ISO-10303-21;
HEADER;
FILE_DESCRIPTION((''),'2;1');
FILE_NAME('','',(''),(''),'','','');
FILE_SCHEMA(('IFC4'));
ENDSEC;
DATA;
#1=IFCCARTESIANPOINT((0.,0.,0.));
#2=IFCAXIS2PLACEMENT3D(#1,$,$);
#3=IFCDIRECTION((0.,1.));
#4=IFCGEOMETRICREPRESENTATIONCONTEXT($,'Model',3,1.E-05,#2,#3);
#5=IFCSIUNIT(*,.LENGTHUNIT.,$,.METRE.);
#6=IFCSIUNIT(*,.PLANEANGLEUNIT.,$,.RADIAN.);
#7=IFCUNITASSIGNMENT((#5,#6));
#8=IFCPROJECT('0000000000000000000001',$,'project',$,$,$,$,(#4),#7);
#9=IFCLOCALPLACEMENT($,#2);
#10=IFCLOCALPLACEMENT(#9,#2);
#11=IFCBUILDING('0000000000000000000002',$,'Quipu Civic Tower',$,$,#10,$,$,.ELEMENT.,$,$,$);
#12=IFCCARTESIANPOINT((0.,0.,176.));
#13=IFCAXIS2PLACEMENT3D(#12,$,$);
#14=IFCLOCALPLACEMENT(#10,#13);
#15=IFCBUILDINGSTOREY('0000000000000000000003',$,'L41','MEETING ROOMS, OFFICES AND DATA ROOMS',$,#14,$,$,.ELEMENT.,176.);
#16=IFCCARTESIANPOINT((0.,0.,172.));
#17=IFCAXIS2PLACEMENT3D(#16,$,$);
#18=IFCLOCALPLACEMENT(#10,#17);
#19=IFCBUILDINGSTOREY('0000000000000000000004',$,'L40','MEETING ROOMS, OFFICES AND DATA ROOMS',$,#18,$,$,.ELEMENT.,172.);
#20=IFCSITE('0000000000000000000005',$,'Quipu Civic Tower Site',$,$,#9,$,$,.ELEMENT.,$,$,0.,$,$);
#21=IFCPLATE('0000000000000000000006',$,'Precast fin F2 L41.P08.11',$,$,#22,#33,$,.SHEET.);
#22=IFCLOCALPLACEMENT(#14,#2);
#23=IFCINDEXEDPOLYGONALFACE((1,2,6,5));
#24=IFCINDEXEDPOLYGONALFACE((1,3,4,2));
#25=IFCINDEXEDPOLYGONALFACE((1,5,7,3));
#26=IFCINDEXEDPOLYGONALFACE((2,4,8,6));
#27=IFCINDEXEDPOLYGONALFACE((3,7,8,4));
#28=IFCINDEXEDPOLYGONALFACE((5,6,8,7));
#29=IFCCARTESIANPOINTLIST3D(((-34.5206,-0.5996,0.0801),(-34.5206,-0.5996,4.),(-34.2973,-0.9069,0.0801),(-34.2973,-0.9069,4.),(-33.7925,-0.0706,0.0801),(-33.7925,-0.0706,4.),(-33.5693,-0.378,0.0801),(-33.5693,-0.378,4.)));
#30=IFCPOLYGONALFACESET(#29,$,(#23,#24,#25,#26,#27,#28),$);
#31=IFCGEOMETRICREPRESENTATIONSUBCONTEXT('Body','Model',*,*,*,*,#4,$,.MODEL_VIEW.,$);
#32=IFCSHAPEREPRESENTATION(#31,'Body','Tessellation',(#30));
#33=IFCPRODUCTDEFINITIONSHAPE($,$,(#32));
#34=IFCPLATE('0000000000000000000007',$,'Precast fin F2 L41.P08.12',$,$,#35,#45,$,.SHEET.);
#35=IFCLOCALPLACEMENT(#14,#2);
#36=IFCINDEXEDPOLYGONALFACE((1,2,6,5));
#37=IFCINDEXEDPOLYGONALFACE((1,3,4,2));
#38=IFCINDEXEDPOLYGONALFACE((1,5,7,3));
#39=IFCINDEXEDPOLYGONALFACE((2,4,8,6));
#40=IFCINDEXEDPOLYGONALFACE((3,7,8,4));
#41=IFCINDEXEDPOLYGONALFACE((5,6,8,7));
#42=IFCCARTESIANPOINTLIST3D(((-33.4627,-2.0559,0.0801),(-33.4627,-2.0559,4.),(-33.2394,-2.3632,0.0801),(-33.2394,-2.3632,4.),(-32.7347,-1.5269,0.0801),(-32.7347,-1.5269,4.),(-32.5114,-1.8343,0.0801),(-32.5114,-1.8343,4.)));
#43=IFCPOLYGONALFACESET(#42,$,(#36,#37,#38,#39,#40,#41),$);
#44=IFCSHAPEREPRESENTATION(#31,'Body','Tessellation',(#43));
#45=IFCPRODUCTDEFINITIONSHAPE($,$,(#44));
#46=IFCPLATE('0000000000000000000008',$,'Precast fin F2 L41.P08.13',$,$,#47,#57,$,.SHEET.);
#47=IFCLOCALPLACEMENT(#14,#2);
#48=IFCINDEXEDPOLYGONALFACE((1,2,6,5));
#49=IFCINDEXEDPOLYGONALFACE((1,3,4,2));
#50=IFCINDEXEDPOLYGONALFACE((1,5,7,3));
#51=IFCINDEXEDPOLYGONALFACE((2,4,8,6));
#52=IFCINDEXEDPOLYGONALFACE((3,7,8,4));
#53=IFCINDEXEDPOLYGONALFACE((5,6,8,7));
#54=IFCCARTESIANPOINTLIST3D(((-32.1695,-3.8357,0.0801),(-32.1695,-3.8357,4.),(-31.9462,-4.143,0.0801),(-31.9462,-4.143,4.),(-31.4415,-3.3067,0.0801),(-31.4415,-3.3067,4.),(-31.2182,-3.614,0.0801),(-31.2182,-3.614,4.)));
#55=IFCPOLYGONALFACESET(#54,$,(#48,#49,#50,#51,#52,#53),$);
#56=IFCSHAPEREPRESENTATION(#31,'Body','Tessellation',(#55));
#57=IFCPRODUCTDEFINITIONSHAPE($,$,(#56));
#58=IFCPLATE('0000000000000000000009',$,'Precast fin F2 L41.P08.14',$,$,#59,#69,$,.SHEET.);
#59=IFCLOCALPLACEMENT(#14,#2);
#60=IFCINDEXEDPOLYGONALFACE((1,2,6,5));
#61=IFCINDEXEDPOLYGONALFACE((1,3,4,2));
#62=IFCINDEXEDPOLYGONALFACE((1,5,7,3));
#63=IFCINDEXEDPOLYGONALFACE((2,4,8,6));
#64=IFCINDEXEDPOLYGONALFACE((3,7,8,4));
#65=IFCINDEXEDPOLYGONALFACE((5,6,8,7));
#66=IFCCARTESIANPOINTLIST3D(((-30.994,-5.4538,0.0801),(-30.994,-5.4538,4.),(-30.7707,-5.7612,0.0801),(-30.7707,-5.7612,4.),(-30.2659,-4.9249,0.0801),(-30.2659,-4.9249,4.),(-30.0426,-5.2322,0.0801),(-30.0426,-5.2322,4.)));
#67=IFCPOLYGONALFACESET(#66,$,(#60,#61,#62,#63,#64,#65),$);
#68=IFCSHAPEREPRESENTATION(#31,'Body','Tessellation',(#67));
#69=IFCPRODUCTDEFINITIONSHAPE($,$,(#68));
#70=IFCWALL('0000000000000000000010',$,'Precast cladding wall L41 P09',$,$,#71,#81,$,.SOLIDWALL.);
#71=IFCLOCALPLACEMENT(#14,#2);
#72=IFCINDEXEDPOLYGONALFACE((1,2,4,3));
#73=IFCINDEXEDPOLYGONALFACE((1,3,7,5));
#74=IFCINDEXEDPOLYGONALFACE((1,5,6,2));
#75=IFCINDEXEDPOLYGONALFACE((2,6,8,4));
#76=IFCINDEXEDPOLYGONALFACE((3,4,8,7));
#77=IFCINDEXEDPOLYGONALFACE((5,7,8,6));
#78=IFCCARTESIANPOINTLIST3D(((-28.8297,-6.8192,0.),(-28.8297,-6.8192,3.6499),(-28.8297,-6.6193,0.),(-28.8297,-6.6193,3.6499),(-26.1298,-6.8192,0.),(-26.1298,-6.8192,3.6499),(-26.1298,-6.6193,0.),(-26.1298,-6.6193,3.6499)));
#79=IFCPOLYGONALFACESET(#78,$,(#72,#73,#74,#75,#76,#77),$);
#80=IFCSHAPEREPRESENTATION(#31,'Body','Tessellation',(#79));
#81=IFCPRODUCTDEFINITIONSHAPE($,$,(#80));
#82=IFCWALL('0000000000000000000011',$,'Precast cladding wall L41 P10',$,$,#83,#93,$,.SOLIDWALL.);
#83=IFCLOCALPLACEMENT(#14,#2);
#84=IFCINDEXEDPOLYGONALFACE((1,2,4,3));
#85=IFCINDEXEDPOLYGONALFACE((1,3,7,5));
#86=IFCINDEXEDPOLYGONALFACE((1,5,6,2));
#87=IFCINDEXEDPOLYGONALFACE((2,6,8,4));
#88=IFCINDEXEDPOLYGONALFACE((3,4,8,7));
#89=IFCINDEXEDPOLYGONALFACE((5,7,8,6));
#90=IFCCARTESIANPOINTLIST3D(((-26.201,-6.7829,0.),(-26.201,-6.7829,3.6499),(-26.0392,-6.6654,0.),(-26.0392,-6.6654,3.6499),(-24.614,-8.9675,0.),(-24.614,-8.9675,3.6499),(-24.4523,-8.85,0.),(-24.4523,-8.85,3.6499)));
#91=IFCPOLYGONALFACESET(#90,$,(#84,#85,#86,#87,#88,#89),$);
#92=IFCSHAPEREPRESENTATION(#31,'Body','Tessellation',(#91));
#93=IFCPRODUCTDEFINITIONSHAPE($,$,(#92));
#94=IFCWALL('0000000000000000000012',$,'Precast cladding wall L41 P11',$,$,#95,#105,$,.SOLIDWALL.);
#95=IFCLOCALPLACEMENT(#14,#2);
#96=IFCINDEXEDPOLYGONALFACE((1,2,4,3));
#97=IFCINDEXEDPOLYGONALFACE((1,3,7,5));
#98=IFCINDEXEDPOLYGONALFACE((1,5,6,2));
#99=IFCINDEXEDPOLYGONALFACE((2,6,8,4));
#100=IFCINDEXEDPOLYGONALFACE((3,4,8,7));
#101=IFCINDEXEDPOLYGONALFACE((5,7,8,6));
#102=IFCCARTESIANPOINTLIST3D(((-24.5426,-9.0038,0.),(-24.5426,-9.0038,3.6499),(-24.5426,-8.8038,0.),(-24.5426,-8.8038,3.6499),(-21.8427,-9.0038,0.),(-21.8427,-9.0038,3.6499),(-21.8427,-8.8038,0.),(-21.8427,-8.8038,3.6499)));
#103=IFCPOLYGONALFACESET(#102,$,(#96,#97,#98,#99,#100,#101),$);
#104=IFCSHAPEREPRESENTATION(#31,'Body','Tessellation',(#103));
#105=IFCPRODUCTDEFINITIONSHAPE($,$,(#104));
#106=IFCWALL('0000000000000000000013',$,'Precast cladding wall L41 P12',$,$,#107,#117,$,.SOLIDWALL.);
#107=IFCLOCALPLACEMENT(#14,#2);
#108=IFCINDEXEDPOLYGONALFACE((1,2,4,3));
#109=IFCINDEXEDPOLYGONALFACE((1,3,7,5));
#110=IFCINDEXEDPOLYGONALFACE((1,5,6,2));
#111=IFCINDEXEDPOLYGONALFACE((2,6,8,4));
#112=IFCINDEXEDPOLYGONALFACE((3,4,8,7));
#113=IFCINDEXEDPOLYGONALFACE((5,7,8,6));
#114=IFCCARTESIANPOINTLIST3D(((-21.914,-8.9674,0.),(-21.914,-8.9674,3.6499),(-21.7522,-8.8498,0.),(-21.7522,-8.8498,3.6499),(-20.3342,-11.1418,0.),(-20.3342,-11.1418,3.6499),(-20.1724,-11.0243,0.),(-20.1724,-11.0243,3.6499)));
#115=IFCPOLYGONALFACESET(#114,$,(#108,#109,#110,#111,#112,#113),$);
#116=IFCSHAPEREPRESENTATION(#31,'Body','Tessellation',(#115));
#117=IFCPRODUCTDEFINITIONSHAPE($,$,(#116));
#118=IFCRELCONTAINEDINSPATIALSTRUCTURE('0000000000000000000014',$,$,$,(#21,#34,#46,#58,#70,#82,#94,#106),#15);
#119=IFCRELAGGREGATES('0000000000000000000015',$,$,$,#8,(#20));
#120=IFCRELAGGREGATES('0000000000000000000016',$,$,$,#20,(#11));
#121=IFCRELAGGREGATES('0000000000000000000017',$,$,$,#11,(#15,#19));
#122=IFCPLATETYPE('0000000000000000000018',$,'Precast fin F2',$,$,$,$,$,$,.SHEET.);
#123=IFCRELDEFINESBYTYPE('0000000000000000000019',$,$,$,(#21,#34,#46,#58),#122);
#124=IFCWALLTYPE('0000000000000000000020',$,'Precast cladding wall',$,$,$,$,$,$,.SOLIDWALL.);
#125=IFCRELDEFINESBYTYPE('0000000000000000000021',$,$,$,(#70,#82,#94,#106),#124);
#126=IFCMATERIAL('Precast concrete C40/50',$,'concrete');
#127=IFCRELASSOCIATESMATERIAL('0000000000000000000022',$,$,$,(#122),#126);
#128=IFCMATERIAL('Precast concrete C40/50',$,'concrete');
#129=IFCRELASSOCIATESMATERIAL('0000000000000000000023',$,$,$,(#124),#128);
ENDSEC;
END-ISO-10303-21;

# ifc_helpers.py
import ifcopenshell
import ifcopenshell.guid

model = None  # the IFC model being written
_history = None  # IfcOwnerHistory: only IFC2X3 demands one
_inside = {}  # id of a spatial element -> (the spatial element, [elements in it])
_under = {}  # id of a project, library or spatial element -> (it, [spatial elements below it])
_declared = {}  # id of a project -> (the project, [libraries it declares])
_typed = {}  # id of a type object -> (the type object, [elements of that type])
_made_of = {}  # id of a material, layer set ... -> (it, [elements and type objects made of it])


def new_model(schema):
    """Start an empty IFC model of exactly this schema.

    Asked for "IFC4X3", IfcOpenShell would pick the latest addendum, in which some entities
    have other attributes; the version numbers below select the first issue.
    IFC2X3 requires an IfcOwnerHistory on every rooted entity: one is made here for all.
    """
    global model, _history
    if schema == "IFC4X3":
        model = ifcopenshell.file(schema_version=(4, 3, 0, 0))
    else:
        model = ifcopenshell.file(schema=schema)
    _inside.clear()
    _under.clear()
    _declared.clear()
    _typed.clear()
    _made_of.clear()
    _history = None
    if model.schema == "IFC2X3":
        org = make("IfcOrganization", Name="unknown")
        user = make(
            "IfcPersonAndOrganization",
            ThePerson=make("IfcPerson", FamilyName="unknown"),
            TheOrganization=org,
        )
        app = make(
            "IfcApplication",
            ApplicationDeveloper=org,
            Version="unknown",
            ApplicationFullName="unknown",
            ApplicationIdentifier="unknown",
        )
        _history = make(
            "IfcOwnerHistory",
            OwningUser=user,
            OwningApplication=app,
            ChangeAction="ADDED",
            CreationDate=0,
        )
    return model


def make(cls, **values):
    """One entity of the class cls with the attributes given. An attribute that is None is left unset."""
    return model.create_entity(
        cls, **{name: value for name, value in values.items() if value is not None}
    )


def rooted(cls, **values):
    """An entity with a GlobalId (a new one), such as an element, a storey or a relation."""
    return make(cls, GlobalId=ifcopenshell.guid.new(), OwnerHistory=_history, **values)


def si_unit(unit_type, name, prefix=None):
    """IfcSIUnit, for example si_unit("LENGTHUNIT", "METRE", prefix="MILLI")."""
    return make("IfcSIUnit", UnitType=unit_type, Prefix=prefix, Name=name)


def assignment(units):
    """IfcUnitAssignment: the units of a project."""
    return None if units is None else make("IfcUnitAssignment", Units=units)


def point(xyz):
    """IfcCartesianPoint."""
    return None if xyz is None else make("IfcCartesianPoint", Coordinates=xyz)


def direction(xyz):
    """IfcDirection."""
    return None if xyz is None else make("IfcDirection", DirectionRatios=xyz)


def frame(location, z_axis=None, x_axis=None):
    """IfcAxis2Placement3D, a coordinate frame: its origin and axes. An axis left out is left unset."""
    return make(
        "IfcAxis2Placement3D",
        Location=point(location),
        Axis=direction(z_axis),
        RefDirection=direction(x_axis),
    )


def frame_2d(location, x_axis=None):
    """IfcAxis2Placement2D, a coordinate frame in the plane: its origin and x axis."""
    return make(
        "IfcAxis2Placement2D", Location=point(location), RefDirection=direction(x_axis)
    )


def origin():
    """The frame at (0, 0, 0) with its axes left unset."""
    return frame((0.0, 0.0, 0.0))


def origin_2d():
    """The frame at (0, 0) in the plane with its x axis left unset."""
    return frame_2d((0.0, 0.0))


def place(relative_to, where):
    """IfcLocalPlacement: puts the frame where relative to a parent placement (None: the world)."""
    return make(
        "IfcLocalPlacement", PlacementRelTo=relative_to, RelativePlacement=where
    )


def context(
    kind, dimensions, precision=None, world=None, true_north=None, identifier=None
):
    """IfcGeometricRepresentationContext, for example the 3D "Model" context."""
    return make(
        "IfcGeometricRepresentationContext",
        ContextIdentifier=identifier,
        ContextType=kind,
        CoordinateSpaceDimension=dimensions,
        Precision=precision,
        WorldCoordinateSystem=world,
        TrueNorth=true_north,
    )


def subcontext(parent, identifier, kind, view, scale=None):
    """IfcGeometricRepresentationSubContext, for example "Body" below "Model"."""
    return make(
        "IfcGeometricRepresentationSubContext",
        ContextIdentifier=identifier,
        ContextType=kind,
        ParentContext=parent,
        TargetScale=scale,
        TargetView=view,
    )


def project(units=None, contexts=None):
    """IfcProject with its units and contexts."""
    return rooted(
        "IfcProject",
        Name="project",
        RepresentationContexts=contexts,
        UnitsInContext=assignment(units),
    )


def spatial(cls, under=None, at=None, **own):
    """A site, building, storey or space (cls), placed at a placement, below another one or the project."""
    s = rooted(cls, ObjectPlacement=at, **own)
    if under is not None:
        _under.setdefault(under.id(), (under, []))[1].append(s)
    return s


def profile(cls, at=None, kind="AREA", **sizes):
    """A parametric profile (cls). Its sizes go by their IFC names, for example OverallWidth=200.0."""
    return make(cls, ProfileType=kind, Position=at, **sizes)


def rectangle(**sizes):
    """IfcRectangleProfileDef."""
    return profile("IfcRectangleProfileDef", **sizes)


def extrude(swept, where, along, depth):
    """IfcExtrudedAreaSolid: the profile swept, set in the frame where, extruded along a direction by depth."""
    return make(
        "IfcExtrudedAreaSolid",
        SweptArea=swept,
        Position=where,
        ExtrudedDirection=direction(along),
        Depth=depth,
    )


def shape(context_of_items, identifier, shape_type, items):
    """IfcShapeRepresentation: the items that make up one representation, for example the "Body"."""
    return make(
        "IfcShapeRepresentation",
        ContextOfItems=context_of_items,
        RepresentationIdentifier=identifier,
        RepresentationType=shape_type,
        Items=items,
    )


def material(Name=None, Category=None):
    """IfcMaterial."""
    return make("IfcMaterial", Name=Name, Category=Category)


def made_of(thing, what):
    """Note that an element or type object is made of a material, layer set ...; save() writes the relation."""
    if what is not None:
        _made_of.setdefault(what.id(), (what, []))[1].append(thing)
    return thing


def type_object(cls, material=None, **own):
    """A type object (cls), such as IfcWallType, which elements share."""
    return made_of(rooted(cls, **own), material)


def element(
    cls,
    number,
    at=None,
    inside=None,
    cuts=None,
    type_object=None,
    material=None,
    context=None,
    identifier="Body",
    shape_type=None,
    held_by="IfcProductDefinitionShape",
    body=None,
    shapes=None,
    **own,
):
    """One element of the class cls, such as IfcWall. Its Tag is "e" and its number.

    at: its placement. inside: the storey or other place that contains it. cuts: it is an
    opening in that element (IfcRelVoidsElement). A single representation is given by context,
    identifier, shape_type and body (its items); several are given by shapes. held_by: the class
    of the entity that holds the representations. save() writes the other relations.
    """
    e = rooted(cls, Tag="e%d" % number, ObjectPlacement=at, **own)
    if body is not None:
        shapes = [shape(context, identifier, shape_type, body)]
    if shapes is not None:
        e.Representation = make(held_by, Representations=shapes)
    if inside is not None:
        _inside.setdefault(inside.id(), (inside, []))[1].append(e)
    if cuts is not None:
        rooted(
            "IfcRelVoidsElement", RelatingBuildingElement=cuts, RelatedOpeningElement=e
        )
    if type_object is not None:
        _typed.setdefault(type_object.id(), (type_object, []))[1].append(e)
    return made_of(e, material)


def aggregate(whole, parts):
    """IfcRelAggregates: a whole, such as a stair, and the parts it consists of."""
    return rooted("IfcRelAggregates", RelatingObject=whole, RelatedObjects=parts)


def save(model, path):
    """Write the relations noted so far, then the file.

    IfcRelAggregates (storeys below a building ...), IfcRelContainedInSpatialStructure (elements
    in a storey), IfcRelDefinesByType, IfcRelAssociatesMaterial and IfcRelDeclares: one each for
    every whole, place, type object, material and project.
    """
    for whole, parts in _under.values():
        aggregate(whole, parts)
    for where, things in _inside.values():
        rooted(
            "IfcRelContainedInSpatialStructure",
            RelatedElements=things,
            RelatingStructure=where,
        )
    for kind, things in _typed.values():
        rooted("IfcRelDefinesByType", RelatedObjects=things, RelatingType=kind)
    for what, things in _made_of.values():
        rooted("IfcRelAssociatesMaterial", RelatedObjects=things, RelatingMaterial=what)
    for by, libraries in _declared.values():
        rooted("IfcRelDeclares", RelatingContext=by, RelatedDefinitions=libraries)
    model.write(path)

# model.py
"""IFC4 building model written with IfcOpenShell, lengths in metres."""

from ifc_helpers import new_model, si_unit, direction, frame, frame_2d, origin, origin_2d, place, context, subcontext, project, spatial, rectangle, extrude, material, type_object, element, save


model = new_model("IFC4")

# Units and contexts
model_context = context("Model", 3, precision=1e-05, world=origin(), true_north=direction((0.0, 1.0)))
body_context = subcontext(model_context, "Body", "Model", "MODEL_VIEW")
ifc_project = project(units=[si_unit("LENGTHUNIT", "METRE"), si_unit("PLANEANGLEUNIT", "RADIAN")], contexts=[model_context])

# Site, building, storey
site_placement = place(None, origin())
site = spatial("IfcSite", under=ifc_project, at=site_placement, Name="Quipu Civic Tower Site", CompositionType="ELEMENT", RefElevation=0.0)
building_placement = place(site_placement, origin())
building = spatial("IfcBuilding", under=site, at=building_placement, Name="Quipu Civic Tower", CompositionType="ELEMENT")
storey_1_placement = place(building_placement, frame((0.0, 0.0, 176.0)))
storey_1 = spatial("IfcBuildingStorey", under=building, at=storey_1_placement, Name="L41", Description="MEETING ROOMS, OFFICES AND DATA ROOMS", CompositionType="ELEMENT", Elevation=176.0)

# Shared definitions
storey_2_placement = place(building_placement, frame((0.0, 0.0, 172.0)))
storey_2 = spatial("IfcBuildingStorey", under=building, at=storey_2_placement, Name="L40", Description="MEETING ROOMS, OFFICES AND DATA ROOMS", CompositionType="ELEMENT", Elevation=172.0)

# Plates
ifc_material_1 = material(Name="Precast concrete C40/50", Category="concrete")
plate_type_1 = type_object("IfcPlateType", Name="Precast fin F2", PredefinedType="SHEET", material=ifc_material_1)
for number, where, z_axis, x_axis, name in (
    (1, (-34.0449, -0.4888, 0.0801), (0.0, 0.0, 1.0), (0.587786, -0.809017, 0.0), "Precast fin F2 L41.P08.11"),
    (2, (-32.9871, -1.9451, 0.0801), (0.0, 0.0, 1.0), (0.587786, -0.809017, 0.0), "Precast fin F2 L41.P08.12"),
    (3, (-31.6938, -3.7249, 0.0801), (0.0, 0.0, 1.0), (0.587786, -0.809017, 0.0), "Precast fin F2 L41.P08.13"),
    (4, (-30.5183, -5.343, 0.0801), (0.0, 0.0, 1.0), (0.587786, -0.809017, 0.0), "Precast fin F2 L41.P08.14"),
):
    element("IfcPlate", number, at=place(storey_1_placement, frame(where, z_axis=z_axis, x_axis=x_axis)), inside=storey_1, type_object=plate_type_1, Name=name, PredefinedType="SHEET", context=body_context, shape_type="SweptSolid", body=[
        extrude(rectangle(XDim=0.3799, YDim=0.8999, at=origin_2d()), origin(), (0.0, 0.0, 1.0), 3.9199),
    ])

# Walls
ifc_material_2 = material(Name="Precast concrete C40/50", Category="concrete")
wall_type = type_object("IfcWallType", Name="Precast cladding wall", PredefinedType="SOLIDWALL", material=ifc_material_2)
wall_1_placement = place(storey_1_placement, frame((-28.8298, -6.7192, 0.0), z_axis=(0.0, 0.0, 1.0), x_axis=(1.0, 0.0, 0.0)))
element("IfcWall", 5, at=wall_1_placement, inside=storey_1, type_object=wall_type, Name="Precast cladding wall L41 P09", PredefinedType="SOLIDWALL", context=body_context, shape_type="SweptSolid", body=[
    extrude(rectangle(XDim=2.7, YDim=0.2, at=frame_2d((1.3501, 0.0))), origin(), (0.0, 0.0, 1.0), 3.6499),
])
wall_2_placement = place(storey_1_placement, frame((-26.1201, -6.7241, 0.0), z_axis=(0.0, 0.0, 1.0), x_axis=(0.58772, -0.809064, 0.0)))
element("IfcWall", 6, at=wall_2_placement, inside=storey_1, type_object=wall_type, Name="Precast cladding wall L41 P10", PredefinedType="SOLIDWALL", context=body_context, shape_type="SweptSolid", body=[
    extrude(rectangle(XDim=2.7002, YDim=0.2, at=frame_2d((1.3501, 0.0))), origin(), (0.0, 0.0, 1.0), 3.6499),
])
wall_3_placement = place(storey_1_placement, frame((-24.5427, -8.9038, 0.0), z_axis=(0.0, 0.0, 1.0), x_axis=(1.0, 0.0, 0.0)))
element("IfcWall", 7, at=wall_3_placement, inside=storey_1, type_object=wall_type, Name="Precast cladding wall L41 P11", PredefinedType="SOLIDWALL", context=body_context, shape_type="SweptSolid", body=[
    extrude(rectangle(XDim=2.7, YDim=0.2, at=frame_2d((1.3501, 0.0))), origin(), (0.0, 0.0, 1.0), 3.6499),
])
wall_4_placement = place(storey_1_placement, frame((-21.833, -8.9087, 0.0), z_axis=(0.0, 0.0, 1.0), x_axis=(0.587767, -0.809031, 0.0)))
element("IfcWall", 8, at=wall_4_placement, inside=storey_1, type_object=wall_type, Name="Precast cladding wall L41 P12", PredefinedType="SOLIDWALL", context=body_context, shape_type="SweptSolid", body=[
    extrude(rectangle(XDim=2.6877, YDim=0.2, at=frame_2d((1.3438, 0.0))), origin(), (0.0, 0.0, 1.0), 3.6499),
])

save(model, "model.ifc")
